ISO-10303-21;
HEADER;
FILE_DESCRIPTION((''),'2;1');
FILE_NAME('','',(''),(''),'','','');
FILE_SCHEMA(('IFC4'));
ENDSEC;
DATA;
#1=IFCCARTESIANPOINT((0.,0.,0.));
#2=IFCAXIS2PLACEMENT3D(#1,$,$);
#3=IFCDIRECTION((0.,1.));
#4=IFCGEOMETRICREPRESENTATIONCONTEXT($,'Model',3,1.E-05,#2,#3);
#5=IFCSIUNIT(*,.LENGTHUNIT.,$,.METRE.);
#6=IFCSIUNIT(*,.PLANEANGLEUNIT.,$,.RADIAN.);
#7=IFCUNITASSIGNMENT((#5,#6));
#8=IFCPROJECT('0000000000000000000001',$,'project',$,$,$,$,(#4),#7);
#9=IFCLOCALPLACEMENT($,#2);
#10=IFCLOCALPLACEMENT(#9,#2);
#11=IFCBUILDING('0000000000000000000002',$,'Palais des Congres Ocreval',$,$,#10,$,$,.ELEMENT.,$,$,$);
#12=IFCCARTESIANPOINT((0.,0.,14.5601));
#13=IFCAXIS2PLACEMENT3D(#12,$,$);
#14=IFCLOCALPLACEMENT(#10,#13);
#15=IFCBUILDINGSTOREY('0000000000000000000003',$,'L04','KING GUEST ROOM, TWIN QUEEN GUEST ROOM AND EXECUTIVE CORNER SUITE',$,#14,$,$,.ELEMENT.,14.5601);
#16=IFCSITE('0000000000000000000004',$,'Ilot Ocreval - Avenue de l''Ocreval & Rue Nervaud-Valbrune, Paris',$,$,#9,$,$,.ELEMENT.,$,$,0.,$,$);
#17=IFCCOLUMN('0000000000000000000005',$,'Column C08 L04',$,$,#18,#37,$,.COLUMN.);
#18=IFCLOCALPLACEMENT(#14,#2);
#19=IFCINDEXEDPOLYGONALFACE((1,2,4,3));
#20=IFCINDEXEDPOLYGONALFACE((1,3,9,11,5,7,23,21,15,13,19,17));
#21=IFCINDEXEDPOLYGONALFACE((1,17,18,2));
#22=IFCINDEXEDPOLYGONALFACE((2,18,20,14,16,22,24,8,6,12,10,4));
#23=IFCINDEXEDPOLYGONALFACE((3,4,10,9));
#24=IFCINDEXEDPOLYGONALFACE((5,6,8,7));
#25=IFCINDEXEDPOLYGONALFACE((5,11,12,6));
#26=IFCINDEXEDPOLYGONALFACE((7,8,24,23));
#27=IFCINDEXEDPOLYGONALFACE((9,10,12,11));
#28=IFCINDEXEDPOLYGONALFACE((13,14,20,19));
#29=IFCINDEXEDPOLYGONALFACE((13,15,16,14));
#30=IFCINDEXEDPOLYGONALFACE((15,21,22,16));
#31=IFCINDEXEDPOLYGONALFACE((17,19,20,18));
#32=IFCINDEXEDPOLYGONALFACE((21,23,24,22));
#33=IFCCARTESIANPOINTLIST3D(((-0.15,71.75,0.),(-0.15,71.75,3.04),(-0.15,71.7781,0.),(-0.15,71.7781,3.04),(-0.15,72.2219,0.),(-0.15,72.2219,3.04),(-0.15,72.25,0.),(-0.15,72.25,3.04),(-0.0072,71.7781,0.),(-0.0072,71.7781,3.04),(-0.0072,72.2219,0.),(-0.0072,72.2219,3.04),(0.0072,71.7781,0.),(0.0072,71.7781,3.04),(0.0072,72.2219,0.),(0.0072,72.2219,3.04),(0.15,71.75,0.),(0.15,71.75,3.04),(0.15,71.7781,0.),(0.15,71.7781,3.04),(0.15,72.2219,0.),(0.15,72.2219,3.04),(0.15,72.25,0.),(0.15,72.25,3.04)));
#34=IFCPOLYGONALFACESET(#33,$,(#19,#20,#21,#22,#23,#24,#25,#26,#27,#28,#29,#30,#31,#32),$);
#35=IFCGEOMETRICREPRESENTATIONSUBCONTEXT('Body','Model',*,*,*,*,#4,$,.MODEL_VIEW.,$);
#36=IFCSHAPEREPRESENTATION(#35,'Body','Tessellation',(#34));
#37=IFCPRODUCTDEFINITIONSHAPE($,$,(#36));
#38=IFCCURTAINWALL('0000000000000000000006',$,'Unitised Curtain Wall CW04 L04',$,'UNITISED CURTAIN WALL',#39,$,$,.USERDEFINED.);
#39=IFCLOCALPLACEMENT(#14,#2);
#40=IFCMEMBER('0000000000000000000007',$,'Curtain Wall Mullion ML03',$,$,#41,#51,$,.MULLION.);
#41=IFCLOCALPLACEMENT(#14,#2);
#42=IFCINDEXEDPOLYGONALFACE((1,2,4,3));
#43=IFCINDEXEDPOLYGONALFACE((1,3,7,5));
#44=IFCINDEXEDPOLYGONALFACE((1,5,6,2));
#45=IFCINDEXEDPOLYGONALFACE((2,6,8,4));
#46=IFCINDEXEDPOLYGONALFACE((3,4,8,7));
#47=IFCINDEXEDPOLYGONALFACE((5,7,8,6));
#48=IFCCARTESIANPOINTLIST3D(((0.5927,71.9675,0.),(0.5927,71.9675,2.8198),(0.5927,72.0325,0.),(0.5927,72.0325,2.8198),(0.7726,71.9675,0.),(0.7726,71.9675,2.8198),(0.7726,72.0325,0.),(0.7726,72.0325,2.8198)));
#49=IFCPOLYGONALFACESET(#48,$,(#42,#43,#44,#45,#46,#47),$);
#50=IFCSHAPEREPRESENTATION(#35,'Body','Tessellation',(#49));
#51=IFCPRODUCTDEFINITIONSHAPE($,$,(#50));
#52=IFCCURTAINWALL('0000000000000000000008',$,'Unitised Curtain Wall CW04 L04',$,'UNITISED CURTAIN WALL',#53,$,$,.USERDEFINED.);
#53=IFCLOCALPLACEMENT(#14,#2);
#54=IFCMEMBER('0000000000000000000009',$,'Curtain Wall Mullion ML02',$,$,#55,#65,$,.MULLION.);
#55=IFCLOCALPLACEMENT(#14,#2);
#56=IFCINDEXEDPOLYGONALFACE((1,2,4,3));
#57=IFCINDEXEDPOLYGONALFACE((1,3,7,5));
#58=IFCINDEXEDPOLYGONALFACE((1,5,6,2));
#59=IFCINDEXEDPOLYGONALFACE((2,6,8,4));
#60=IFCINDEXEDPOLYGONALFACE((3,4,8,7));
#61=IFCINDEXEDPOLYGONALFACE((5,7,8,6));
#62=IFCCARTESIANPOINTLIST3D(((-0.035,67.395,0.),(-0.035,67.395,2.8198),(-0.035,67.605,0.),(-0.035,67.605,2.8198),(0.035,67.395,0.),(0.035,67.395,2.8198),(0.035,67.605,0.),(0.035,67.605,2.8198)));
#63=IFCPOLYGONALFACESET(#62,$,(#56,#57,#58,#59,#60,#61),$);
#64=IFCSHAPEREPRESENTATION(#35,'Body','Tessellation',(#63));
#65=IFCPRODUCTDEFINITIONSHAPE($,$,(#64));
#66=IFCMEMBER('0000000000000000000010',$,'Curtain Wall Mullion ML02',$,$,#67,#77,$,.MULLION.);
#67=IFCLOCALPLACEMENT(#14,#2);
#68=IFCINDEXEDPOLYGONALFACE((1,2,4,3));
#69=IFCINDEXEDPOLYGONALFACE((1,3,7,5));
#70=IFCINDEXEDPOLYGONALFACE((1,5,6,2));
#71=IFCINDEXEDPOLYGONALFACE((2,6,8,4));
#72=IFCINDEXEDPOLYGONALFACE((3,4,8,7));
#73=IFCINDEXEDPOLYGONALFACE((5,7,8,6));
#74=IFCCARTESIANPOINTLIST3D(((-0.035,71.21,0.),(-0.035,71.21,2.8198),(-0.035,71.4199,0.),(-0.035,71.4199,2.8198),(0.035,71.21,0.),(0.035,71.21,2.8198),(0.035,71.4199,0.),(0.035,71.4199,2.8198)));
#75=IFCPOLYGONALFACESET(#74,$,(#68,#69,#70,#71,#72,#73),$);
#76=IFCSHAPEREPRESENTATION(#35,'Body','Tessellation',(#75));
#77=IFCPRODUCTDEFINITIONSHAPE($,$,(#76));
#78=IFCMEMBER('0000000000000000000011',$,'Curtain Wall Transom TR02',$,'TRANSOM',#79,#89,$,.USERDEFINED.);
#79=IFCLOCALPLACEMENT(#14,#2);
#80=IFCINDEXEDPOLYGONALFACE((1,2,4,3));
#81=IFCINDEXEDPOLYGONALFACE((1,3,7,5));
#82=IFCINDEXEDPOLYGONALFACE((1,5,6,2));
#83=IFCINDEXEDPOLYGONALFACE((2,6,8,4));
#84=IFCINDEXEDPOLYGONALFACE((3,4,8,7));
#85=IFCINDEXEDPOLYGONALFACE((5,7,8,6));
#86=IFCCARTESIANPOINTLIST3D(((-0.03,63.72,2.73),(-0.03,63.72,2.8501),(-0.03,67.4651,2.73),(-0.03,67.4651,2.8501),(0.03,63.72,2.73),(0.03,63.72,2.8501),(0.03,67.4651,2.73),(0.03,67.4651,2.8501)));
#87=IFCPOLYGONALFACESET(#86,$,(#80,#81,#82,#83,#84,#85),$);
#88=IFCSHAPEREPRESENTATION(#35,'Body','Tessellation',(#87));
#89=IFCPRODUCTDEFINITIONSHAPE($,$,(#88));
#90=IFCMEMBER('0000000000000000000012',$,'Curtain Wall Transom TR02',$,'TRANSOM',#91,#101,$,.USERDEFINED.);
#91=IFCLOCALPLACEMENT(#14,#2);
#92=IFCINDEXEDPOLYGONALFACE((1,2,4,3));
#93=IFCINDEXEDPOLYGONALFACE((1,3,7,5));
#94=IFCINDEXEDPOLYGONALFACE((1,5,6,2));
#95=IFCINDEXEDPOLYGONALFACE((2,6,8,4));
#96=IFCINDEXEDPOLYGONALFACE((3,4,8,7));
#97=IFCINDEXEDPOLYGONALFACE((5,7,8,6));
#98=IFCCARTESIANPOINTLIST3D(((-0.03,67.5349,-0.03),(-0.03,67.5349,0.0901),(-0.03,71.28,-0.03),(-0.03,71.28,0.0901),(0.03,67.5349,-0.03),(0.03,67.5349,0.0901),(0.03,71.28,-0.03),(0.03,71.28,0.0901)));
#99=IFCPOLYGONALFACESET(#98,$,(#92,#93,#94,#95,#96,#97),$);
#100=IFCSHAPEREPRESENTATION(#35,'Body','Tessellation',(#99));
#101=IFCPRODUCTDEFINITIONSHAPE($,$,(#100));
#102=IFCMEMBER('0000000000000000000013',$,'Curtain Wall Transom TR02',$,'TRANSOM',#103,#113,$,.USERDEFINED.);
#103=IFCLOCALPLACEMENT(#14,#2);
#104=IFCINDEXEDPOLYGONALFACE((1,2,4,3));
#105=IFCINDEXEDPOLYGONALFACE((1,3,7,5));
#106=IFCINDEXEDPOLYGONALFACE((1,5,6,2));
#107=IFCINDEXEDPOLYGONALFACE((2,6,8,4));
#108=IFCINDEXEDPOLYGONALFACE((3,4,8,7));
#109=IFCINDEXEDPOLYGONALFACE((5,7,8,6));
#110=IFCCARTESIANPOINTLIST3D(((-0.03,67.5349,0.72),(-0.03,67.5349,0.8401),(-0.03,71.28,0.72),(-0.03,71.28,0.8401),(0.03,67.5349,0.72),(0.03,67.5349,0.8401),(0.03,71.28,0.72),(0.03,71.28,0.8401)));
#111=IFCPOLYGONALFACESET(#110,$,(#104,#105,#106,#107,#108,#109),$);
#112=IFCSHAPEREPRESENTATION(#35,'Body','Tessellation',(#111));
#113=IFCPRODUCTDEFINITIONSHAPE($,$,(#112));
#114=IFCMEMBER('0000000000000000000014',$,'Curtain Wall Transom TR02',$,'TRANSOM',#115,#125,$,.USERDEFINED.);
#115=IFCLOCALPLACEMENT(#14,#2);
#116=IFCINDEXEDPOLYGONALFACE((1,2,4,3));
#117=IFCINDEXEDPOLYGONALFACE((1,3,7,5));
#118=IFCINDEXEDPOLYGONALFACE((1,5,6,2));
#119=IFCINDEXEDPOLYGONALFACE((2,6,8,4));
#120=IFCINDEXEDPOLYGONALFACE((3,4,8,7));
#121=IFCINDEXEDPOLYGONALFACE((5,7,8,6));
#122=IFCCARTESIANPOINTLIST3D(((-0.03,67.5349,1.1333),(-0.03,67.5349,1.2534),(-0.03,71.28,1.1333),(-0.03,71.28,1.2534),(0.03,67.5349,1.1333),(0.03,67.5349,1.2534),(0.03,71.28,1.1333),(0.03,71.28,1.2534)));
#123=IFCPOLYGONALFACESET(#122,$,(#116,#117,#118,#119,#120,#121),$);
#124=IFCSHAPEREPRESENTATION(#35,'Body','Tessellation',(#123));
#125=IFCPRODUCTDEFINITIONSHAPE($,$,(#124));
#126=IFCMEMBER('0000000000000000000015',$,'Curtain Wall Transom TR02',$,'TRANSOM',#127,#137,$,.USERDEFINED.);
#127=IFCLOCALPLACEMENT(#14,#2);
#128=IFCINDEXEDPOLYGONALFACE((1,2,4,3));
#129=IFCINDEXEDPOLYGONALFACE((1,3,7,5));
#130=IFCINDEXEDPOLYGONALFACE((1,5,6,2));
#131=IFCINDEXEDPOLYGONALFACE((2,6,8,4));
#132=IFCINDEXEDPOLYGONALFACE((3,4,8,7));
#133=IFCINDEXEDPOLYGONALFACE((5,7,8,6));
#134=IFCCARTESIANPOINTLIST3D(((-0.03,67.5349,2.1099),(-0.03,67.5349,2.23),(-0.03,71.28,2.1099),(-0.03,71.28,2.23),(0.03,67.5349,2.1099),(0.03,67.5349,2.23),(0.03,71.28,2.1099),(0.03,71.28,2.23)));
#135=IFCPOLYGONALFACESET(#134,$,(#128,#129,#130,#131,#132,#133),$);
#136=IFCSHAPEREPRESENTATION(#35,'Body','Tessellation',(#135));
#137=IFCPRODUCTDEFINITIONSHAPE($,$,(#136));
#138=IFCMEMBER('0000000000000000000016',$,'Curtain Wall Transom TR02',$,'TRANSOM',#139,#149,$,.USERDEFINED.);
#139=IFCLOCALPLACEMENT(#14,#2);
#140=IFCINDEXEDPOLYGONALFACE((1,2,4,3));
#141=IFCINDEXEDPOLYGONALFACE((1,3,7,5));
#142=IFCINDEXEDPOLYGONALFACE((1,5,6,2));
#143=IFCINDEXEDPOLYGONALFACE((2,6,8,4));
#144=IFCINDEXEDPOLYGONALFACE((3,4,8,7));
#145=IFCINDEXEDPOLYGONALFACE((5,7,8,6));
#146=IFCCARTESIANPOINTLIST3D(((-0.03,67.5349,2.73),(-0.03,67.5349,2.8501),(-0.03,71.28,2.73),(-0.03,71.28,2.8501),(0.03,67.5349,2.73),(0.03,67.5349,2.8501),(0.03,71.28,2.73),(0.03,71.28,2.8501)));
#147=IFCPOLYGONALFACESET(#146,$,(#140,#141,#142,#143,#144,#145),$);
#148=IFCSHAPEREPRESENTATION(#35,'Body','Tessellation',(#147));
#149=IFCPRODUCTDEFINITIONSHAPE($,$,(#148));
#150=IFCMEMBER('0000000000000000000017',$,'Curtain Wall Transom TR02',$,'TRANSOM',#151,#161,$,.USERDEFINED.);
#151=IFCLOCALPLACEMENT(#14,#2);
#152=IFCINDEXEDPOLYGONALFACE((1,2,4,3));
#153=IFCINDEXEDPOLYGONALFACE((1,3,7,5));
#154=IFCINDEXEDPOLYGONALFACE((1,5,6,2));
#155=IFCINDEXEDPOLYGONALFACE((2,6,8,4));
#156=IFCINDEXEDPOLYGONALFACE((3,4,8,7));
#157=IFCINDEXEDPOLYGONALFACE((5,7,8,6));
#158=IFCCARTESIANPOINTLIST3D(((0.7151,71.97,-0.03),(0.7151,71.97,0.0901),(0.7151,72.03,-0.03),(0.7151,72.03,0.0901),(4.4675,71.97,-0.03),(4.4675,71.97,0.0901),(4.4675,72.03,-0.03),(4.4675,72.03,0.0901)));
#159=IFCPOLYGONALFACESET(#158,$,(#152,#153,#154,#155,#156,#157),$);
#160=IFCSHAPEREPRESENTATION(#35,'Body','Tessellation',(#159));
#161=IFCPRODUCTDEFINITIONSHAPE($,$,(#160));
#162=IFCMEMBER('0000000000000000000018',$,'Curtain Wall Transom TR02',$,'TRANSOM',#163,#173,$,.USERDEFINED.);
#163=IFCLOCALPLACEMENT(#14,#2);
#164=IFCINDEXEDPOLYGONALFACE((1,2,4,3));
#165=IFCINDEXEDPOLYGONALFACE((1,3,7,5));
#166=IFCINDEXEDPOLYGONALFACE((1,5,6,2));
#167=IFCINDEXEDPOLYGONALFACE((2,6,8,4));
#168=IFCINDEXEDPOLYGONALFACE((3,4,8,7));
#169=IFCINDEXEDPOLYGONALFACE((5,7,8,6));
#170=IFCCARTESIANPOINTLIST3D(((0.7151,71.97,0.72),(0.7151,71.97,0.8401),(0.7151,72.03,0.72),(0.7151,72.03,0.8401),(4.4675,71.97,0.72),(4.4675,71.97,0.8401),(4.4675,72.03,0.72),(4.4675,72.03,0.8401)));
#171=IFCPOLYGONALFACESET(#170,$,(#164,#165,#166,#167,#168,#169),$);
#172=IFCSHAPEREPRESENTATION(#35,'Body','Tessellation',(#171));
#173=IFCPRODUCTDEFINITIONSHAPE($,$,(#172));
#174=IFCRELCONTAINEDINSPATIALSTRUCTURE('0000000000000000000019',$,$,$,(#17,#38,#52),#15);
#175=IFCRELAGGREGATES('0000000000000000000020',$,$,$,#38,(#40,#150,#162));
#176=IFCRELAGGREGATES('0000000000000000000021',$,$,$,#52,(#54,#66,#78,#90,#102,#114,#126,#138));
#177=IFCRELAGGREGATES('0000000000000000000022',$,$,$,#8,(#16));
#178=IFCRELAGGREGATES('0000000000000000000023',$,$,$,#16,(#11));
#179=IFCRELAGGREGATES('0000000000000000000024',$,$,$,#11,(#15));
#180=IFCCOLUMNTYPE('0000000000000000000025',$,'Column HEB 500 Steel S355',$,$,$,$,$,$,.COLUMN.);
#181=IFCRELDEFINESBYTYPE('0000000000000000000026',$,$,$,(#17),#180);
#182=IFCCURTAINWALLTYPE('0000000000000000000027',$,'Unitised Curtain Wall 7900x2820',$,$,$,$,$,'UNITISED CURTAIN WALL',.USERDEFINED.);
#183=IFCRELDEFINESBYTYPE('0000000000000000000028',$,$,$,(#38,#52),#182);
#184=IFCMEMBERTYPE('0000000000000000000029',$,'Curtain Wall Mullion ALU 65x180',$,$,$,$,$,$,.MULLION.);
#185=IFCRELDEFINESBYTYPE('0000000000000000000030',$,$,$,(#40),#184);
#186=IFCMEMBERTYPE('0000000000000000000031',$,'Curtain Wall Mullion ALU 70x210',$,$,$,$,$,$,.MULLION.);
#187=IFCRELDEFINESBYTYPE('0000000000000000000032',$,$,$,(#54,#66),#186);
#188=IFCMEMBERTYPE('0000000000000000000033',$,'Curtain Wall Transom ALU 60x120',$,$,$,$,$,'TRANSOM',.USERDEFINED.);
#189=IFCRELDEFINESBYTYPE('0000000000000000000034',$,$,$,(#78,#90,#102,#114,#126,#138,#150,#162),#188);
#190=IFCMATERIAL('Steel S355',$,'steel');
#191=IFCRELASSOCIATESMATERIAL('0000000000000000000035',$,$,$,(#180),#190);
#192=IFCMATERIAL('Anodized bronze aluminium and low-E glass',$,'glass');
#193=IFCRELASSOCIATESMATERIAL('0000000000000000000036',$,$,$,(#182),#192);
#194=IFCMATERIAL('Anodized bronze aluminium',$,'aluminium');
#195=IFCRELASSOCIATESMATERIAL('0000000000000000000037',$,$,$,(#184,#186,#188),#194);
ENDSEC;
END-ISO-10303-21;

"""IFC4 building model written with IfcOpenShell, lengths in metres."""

from ifc_helpers import new_model, si_unit, direction, frame, origin, origin_2d, place, context, subcontext, project, spatial, rectangle, i_section, extrude, material, material_profile, profile_set, type_object, element, aggregate, save


model = new_model("IFC4")

# Units and contexts
model_context = context("Model", 3, precision=1e-05, world=origin(), true_north=direction((0.0, 1.0)))
body_context = subcontext(model_context, "Body", "Model", "MODEL_VIEW")
ifc_project = project(units=[si_unit("LENGTHUNIT", "METRE"), si_unit("PLANEANGLEUNIT", "RADIAN")], contexts=[model_context])

# Site, building, storey
site_placement = place(None, origin())
site = spatial("IfcSite", under=ifc_project, at=site_placement, Name="Ilot Ocreval - Avenue de l'Ocreval & Rue Nervaud-Valbrune, Paris", CompositionType="ELEMENT", RefElevation=0.0)
building_placement = place(site_placement, origin())
building = spatial("IfcBuilding", under=site, at=building_placement, Name="Palais des Congres Ocreval", CompositionType="ELEMENT")
storey_placement = place(building_placement, frame((0.0, 0.0, 14.5601)))
storey = spatial("IfcBuildingStorey", under=building, at=storey_placement, Name="L04", Description="KING GUEST ROOM, TWIN QUEEN GUEST ROOM AND EXECUTIVE CORNER SUITE", CompositionType="ELEMENT", Elevation=14.5601)

# Column
ifc_material_1 = material(Name="Steel S355", Category="steel")
ifc_material_profile_1 = material_profile(ifc_material_1, i_section(OverallWidth=0.3, OverallDepth=0.5, WebThickness=0.0144, FlangeThickness=0.0281, at=origin_2d()), Name="HEB 500")
ifc_profile_set_1 = profile_set([ifc_material_profile_1], Name="Steel S355")
column_type = type_object("IfcColumnType", Name="Column HEB 500 Steel S355", PredefinedType="COLUMN", material=ifc_profile_set_1)
column_placement = place(storey_placement, frame((0.0, 72.0, 0.0), z_axis=(0.0, 0.0, 1.0), x_axis=(1.0, 0.0, 0.0)))
element("IfcColumn", 1, at=column_placement, inside=storey, type_object=column_type, Name="Column C08 L04", PredefinedType="COLUMN", context=body_context, shape_type="SweptSolid", body=[
    extrude(i_section(OverallWidth=0.3, OverallDepth=0.5, WebThickness=0.0144, FlangeThickness=0.0281, at=origin_2d()), origin(), (0.0, 0.0, 1.0), 3.04),
])

# Curtain wall, member
ifc_material_2 = material(Name="Anodized bronze aluminium and low-E glass", Category="glass")
curtain_wall_type = type_object("IfcCurtainWallType", Name="Unitised Curtain Wall 7900x2820", ElementType="UNITISED CURTAIN WALL", PredefinedType="USERDEFINED", material=ifc_material_2)
curtain_wall_1_placement = place(storey_placement, origin())
curtain_wall_1 = element("IfcCurtainWall", 2, at=curtain_wall_1_placement, inside=storey, type_object=curtain_wall_type, Name="Unitised Curtain Wall CW04 L04", ObjectType="UNITISED CURTAIN WALL", PredefinedType="USERDEFINED")
ifc_material_3 = material(Name="Anodized bronze aluminium", Category="aluminium")
ifc_material_profile_2 = material_profile(ifc_material_3, rectangle(XDim=0.0649, YDim=0.1799, at=origin_2d()), Name="ALU 65x180")
ifc_profile_set_2 = profile_set([ifc_material_profile_2], Name="Anodized bronze aluminium")
member_type_1 = type_object("IfcMemberType", Name="Curtain Wall Mullion ALU 65x180", PredefinedType="MULLION", material=ifc_profile_set_2)
member_1_placement = place(storey_placement, frame((0.6826, 72.0, 0.0), z_axis=(0.0, 0.0, 1.0), x_axis=(0.0, 1.0, 0.0)))
member_1 = element("IfcMember", 3, at=member_1_placement, type_object=member_type_1, Name="Curtain Wall Mullion ML03", PredefinedType="MULLION", context=body_context, shape_type="SweptSolid", body=[
    extrude(rectangle(XDim=0.0649, YDim=0.1799, at=origin_2d()), origin(), (0.0, 0.0, 1.0), 2.8198),
])

# Curtain wall, members
curtain_wall_2_placement = place(storey_placement, origin())
curtain_wall_2 = element("IfcCurtainWall", 4, at=curtain_wall_2_placement, inside=storey, type_object=curtain_wall_type, Name="Unitised Curtain Wall CW04 L04", ObjectType="UNITISED CURTAIN WALL", PredefinedType="USERDEFINED")
ifc_material_profile_3 = material_profile(ifc_material_3, rectangle(XDim=0.0701, YDim=0.21, at=origin_2d()), Name="ALU 70x210")
ifc_profile_set_3 = profile_set([ifc_material_profile_3], Name="Anodized bronze aluminium")
member_type_2 = type_object("IfcMemberType", Name="Curtain Wall Mullion ALU 70x210", PredefinedType="MULLION", material=ifc_profile_set_3)
member_2_placement = place(storey_placement, frame((0.0, 67.5, 0.0), z_axis=(0.0, 0.0, 1.0), x_axis=(-1.0, 0.0, 0.0)))
member_2 = element("IfcMember", 5, at=member_2_placement, type_object=member_type_2, Name="Curtain Wall Mullion ML02", PredefinedType="MULLION", context=body_context, shape_type="SweptSolid", body=[
    extrude(rectangle(XDim=0.0701, YDim=0.21, at=origin_2d()), origin(), (0.0, 0.0, 1.0), 2.8198),
])
member_3_placement = place(storey_placement, frame((0.0, 71.3149, 0.0), z_axis=(0.0, 0.0, 1.0), x_axis=(-1.0, 0.0, 0.0)))
member_3 = element("IfcMember", 6, at=member_3_placement, type_object=member_type_2, Name="Curtain Wall Mullion ML02", PredefinedType="MULLION", context=body_context, shape_type="SweptSolid", body=[
    extrude(rectangle(XDim=0.0701, YDim=0.21, at=origin_2d()), origin(), (0.0, 0.0, 1.0), 2.8198),
])
ifc_material_profile_4 = material_profile(ifc_material_3, rectangle(XDim=0.0601, YDim=0.1201, at=origin_2d()), Name="ALU 60x120")
ifc_profile_set_4 = profile_set([ifc_material_profile_4], Name="Anodized bronze aluminium")
member_type_3 = type_object("IfcMemberType", Name="Curtain Wall Transom ALU 60x120", ElementType="TRANSOM", PredefinedType="USERDEFINED", material=ifc_profile_set_4)
member_4_placement = place(storey_placement, frame((0.0, 63.72, 2.79), z_axis=(0.0, 1.0, 0.0), x_axis=(-1.0, 0.0, 0.0)))
member_4 = element("IfcMember", 7, at=member_4_placement, type_object=member_type_3, Name="Curtain Wall Transom TR02", ObjectType="TRANSOM", PredefinedType="USERDEFINED", context=body_context, shape_type="SweptSolid", body=[
    extrude(rectangle(XDim=0.0601, YDim=0.1201, at=origin_2d()), origin(), (0.0, 0.0, 1.0), 3.7451),
])
member_5_placement = place(storey_placement, frame((0.0, 67.5349, 0.03), z_axis=(0.0, 1.0, 0.0), x_axis=(-1.0, 0.0, 0.0)))
member_5 = element("IfcMember", 8, at=member_5_placement, type_object=member_type_3, Name="Curtain Wall Transom TR02", ObjectType="TRANSOM", PredefinedType="USERDEFINED", context=body_context, shape_type="SweptSolid", body=[
    extrude(rectangle(XDim=0.0601, YDim=0.1201, at=origin_2d()), origin(), (0.0, 0.0, 1.0), 3.7451),
])
member_6_placement = place(storey_placement, frame((0.0, 67.5349, 0.78), z_axis=(0.0, 1.0, 0.0), x_axis=(-1.0, 0.0, 0.0)))
member_6 = element("IfcMember", 9, at=member_6_placement, type_object=member_type_3, Name="Curtain Wall Transom TR02", ObjectType="TRANSOM", PredefinedType="USERDEFINED", context=body_context, shape_type="SweptSolid", body=[
    extrude(rectangle(XDim=0.0601, YDim=0.1201, at=origin_2d()), origin(), (0.0, 0.0, 1.0), 3.7451),
])
member_7_placement = place(storey_placement, frame((0.0, 67.5349, 1.1934), z_axis=(0.0, 1.0, 0.0), x_axis=(-1.0, 0.0, 0.0)))
member_7 = element("IfcMember", 10, at=member_7_placement, type_object=member_type_3, Name="Curtain Wall Transom TR02", ObjectType="TRANSOM", PredefinedType="USERDEFINED", context=body_context, shape_type="SweptSolid", body=[
    extrude(rectangle(XDim=0.0601, YDim=0.1201, at=origin_2d()), origin(), (0.0, 0.0, 1.0), 3.7451),
])
member_8_placement = place(storey_placement, frame((0.0, 67.5349, 2.1699), z_axis=(0.0, 1.0, 0.0), x_axis=(-1.0, 0.0, 0.0)))
member_8 = element("IfcMember", 11, at=member_8_placement, type_object=member_type_3, Name="Curtain Wall Transom TR02", ObjectType="TRANSOM", PredefinedType="USERDEFINED", context=body_context, shape_type="SweptSolid", body=[
    extrude(rectangle(XDim=0.0601, YDim=0.1201, at=origin_2d()), origin(), (0.0, 0.0, 1.0), 3.7451),
])
member_9_placement = place(storey_placement, frame((0.0, 67.5349, 2.79), z_axis=(0.0, 1.0, 0.0), x_axis=(-1.0, 0.0, 0.0)))
member_9 = element("IfcMember", 12, at=member_9_placement, type_object=member_type_3, Name="Curtain Wall Transom TR02", ObjectType="TRANSOM", PredefinedType="USERDEFINED", context=body_context, shape_type="SweptSolid", body=[
    extrude(rectangle(XDim=0.0601, YDim=0.1201, at=origin_2d()), origin(), (0.0, 0.0, 1.0), 3.7451),
])

# Members
member_10_placement = place(storey_placement, frame((0.7151, 72.0, 0.03), z_axis=(1.0, 0.0, 0.0), x_axis=(0.0, 1.0, 0.0)))
member_10 = element("IfcMember", 13, at=member_10_placement, type_object=member_type_3, Name="Curtain Wall Transom TR02", ObjectType="TRANSOM", PredefinedType="USERDEFINED", context=body_context, shape_type="SweptSolid", body=[
    extrude(rectangle(XDim=0.0601, YDim=0.1201, at=origin_2d()), origin(), (0.0, 0.0, 1.0), 3.7524),
])
member_11_placement = place(storey_placement, frame((0.7151, 72.0, 0.78), z_axis=(1.0, 0.0, 0.0), x_axis=(0.0, 1.0, 0.0)))
member_11 = element("IfcMember", 14, at=member_11_placement, type_object=member_type_3, Name="Curtain Wall Transom TR02", ObjectType="TRANSOM", PredefinedType="USERDEFINED", context=body_context, shape_type="SweptSolid", body=[
    extrude(rectangle(XDim=0.0601, YDim=0.1201, at=origin_2d()), origin(), (0.0, 0.0, 1.0), 3.7524),
])
aggregate(curtain_wall_1, [member_1, member_10, member_11])

aggregate(curtain_wall_2, [member_2, member_3, member_4, member_5, member_6, member_7, member_8, member_9])

save(model, "model.ifc")
